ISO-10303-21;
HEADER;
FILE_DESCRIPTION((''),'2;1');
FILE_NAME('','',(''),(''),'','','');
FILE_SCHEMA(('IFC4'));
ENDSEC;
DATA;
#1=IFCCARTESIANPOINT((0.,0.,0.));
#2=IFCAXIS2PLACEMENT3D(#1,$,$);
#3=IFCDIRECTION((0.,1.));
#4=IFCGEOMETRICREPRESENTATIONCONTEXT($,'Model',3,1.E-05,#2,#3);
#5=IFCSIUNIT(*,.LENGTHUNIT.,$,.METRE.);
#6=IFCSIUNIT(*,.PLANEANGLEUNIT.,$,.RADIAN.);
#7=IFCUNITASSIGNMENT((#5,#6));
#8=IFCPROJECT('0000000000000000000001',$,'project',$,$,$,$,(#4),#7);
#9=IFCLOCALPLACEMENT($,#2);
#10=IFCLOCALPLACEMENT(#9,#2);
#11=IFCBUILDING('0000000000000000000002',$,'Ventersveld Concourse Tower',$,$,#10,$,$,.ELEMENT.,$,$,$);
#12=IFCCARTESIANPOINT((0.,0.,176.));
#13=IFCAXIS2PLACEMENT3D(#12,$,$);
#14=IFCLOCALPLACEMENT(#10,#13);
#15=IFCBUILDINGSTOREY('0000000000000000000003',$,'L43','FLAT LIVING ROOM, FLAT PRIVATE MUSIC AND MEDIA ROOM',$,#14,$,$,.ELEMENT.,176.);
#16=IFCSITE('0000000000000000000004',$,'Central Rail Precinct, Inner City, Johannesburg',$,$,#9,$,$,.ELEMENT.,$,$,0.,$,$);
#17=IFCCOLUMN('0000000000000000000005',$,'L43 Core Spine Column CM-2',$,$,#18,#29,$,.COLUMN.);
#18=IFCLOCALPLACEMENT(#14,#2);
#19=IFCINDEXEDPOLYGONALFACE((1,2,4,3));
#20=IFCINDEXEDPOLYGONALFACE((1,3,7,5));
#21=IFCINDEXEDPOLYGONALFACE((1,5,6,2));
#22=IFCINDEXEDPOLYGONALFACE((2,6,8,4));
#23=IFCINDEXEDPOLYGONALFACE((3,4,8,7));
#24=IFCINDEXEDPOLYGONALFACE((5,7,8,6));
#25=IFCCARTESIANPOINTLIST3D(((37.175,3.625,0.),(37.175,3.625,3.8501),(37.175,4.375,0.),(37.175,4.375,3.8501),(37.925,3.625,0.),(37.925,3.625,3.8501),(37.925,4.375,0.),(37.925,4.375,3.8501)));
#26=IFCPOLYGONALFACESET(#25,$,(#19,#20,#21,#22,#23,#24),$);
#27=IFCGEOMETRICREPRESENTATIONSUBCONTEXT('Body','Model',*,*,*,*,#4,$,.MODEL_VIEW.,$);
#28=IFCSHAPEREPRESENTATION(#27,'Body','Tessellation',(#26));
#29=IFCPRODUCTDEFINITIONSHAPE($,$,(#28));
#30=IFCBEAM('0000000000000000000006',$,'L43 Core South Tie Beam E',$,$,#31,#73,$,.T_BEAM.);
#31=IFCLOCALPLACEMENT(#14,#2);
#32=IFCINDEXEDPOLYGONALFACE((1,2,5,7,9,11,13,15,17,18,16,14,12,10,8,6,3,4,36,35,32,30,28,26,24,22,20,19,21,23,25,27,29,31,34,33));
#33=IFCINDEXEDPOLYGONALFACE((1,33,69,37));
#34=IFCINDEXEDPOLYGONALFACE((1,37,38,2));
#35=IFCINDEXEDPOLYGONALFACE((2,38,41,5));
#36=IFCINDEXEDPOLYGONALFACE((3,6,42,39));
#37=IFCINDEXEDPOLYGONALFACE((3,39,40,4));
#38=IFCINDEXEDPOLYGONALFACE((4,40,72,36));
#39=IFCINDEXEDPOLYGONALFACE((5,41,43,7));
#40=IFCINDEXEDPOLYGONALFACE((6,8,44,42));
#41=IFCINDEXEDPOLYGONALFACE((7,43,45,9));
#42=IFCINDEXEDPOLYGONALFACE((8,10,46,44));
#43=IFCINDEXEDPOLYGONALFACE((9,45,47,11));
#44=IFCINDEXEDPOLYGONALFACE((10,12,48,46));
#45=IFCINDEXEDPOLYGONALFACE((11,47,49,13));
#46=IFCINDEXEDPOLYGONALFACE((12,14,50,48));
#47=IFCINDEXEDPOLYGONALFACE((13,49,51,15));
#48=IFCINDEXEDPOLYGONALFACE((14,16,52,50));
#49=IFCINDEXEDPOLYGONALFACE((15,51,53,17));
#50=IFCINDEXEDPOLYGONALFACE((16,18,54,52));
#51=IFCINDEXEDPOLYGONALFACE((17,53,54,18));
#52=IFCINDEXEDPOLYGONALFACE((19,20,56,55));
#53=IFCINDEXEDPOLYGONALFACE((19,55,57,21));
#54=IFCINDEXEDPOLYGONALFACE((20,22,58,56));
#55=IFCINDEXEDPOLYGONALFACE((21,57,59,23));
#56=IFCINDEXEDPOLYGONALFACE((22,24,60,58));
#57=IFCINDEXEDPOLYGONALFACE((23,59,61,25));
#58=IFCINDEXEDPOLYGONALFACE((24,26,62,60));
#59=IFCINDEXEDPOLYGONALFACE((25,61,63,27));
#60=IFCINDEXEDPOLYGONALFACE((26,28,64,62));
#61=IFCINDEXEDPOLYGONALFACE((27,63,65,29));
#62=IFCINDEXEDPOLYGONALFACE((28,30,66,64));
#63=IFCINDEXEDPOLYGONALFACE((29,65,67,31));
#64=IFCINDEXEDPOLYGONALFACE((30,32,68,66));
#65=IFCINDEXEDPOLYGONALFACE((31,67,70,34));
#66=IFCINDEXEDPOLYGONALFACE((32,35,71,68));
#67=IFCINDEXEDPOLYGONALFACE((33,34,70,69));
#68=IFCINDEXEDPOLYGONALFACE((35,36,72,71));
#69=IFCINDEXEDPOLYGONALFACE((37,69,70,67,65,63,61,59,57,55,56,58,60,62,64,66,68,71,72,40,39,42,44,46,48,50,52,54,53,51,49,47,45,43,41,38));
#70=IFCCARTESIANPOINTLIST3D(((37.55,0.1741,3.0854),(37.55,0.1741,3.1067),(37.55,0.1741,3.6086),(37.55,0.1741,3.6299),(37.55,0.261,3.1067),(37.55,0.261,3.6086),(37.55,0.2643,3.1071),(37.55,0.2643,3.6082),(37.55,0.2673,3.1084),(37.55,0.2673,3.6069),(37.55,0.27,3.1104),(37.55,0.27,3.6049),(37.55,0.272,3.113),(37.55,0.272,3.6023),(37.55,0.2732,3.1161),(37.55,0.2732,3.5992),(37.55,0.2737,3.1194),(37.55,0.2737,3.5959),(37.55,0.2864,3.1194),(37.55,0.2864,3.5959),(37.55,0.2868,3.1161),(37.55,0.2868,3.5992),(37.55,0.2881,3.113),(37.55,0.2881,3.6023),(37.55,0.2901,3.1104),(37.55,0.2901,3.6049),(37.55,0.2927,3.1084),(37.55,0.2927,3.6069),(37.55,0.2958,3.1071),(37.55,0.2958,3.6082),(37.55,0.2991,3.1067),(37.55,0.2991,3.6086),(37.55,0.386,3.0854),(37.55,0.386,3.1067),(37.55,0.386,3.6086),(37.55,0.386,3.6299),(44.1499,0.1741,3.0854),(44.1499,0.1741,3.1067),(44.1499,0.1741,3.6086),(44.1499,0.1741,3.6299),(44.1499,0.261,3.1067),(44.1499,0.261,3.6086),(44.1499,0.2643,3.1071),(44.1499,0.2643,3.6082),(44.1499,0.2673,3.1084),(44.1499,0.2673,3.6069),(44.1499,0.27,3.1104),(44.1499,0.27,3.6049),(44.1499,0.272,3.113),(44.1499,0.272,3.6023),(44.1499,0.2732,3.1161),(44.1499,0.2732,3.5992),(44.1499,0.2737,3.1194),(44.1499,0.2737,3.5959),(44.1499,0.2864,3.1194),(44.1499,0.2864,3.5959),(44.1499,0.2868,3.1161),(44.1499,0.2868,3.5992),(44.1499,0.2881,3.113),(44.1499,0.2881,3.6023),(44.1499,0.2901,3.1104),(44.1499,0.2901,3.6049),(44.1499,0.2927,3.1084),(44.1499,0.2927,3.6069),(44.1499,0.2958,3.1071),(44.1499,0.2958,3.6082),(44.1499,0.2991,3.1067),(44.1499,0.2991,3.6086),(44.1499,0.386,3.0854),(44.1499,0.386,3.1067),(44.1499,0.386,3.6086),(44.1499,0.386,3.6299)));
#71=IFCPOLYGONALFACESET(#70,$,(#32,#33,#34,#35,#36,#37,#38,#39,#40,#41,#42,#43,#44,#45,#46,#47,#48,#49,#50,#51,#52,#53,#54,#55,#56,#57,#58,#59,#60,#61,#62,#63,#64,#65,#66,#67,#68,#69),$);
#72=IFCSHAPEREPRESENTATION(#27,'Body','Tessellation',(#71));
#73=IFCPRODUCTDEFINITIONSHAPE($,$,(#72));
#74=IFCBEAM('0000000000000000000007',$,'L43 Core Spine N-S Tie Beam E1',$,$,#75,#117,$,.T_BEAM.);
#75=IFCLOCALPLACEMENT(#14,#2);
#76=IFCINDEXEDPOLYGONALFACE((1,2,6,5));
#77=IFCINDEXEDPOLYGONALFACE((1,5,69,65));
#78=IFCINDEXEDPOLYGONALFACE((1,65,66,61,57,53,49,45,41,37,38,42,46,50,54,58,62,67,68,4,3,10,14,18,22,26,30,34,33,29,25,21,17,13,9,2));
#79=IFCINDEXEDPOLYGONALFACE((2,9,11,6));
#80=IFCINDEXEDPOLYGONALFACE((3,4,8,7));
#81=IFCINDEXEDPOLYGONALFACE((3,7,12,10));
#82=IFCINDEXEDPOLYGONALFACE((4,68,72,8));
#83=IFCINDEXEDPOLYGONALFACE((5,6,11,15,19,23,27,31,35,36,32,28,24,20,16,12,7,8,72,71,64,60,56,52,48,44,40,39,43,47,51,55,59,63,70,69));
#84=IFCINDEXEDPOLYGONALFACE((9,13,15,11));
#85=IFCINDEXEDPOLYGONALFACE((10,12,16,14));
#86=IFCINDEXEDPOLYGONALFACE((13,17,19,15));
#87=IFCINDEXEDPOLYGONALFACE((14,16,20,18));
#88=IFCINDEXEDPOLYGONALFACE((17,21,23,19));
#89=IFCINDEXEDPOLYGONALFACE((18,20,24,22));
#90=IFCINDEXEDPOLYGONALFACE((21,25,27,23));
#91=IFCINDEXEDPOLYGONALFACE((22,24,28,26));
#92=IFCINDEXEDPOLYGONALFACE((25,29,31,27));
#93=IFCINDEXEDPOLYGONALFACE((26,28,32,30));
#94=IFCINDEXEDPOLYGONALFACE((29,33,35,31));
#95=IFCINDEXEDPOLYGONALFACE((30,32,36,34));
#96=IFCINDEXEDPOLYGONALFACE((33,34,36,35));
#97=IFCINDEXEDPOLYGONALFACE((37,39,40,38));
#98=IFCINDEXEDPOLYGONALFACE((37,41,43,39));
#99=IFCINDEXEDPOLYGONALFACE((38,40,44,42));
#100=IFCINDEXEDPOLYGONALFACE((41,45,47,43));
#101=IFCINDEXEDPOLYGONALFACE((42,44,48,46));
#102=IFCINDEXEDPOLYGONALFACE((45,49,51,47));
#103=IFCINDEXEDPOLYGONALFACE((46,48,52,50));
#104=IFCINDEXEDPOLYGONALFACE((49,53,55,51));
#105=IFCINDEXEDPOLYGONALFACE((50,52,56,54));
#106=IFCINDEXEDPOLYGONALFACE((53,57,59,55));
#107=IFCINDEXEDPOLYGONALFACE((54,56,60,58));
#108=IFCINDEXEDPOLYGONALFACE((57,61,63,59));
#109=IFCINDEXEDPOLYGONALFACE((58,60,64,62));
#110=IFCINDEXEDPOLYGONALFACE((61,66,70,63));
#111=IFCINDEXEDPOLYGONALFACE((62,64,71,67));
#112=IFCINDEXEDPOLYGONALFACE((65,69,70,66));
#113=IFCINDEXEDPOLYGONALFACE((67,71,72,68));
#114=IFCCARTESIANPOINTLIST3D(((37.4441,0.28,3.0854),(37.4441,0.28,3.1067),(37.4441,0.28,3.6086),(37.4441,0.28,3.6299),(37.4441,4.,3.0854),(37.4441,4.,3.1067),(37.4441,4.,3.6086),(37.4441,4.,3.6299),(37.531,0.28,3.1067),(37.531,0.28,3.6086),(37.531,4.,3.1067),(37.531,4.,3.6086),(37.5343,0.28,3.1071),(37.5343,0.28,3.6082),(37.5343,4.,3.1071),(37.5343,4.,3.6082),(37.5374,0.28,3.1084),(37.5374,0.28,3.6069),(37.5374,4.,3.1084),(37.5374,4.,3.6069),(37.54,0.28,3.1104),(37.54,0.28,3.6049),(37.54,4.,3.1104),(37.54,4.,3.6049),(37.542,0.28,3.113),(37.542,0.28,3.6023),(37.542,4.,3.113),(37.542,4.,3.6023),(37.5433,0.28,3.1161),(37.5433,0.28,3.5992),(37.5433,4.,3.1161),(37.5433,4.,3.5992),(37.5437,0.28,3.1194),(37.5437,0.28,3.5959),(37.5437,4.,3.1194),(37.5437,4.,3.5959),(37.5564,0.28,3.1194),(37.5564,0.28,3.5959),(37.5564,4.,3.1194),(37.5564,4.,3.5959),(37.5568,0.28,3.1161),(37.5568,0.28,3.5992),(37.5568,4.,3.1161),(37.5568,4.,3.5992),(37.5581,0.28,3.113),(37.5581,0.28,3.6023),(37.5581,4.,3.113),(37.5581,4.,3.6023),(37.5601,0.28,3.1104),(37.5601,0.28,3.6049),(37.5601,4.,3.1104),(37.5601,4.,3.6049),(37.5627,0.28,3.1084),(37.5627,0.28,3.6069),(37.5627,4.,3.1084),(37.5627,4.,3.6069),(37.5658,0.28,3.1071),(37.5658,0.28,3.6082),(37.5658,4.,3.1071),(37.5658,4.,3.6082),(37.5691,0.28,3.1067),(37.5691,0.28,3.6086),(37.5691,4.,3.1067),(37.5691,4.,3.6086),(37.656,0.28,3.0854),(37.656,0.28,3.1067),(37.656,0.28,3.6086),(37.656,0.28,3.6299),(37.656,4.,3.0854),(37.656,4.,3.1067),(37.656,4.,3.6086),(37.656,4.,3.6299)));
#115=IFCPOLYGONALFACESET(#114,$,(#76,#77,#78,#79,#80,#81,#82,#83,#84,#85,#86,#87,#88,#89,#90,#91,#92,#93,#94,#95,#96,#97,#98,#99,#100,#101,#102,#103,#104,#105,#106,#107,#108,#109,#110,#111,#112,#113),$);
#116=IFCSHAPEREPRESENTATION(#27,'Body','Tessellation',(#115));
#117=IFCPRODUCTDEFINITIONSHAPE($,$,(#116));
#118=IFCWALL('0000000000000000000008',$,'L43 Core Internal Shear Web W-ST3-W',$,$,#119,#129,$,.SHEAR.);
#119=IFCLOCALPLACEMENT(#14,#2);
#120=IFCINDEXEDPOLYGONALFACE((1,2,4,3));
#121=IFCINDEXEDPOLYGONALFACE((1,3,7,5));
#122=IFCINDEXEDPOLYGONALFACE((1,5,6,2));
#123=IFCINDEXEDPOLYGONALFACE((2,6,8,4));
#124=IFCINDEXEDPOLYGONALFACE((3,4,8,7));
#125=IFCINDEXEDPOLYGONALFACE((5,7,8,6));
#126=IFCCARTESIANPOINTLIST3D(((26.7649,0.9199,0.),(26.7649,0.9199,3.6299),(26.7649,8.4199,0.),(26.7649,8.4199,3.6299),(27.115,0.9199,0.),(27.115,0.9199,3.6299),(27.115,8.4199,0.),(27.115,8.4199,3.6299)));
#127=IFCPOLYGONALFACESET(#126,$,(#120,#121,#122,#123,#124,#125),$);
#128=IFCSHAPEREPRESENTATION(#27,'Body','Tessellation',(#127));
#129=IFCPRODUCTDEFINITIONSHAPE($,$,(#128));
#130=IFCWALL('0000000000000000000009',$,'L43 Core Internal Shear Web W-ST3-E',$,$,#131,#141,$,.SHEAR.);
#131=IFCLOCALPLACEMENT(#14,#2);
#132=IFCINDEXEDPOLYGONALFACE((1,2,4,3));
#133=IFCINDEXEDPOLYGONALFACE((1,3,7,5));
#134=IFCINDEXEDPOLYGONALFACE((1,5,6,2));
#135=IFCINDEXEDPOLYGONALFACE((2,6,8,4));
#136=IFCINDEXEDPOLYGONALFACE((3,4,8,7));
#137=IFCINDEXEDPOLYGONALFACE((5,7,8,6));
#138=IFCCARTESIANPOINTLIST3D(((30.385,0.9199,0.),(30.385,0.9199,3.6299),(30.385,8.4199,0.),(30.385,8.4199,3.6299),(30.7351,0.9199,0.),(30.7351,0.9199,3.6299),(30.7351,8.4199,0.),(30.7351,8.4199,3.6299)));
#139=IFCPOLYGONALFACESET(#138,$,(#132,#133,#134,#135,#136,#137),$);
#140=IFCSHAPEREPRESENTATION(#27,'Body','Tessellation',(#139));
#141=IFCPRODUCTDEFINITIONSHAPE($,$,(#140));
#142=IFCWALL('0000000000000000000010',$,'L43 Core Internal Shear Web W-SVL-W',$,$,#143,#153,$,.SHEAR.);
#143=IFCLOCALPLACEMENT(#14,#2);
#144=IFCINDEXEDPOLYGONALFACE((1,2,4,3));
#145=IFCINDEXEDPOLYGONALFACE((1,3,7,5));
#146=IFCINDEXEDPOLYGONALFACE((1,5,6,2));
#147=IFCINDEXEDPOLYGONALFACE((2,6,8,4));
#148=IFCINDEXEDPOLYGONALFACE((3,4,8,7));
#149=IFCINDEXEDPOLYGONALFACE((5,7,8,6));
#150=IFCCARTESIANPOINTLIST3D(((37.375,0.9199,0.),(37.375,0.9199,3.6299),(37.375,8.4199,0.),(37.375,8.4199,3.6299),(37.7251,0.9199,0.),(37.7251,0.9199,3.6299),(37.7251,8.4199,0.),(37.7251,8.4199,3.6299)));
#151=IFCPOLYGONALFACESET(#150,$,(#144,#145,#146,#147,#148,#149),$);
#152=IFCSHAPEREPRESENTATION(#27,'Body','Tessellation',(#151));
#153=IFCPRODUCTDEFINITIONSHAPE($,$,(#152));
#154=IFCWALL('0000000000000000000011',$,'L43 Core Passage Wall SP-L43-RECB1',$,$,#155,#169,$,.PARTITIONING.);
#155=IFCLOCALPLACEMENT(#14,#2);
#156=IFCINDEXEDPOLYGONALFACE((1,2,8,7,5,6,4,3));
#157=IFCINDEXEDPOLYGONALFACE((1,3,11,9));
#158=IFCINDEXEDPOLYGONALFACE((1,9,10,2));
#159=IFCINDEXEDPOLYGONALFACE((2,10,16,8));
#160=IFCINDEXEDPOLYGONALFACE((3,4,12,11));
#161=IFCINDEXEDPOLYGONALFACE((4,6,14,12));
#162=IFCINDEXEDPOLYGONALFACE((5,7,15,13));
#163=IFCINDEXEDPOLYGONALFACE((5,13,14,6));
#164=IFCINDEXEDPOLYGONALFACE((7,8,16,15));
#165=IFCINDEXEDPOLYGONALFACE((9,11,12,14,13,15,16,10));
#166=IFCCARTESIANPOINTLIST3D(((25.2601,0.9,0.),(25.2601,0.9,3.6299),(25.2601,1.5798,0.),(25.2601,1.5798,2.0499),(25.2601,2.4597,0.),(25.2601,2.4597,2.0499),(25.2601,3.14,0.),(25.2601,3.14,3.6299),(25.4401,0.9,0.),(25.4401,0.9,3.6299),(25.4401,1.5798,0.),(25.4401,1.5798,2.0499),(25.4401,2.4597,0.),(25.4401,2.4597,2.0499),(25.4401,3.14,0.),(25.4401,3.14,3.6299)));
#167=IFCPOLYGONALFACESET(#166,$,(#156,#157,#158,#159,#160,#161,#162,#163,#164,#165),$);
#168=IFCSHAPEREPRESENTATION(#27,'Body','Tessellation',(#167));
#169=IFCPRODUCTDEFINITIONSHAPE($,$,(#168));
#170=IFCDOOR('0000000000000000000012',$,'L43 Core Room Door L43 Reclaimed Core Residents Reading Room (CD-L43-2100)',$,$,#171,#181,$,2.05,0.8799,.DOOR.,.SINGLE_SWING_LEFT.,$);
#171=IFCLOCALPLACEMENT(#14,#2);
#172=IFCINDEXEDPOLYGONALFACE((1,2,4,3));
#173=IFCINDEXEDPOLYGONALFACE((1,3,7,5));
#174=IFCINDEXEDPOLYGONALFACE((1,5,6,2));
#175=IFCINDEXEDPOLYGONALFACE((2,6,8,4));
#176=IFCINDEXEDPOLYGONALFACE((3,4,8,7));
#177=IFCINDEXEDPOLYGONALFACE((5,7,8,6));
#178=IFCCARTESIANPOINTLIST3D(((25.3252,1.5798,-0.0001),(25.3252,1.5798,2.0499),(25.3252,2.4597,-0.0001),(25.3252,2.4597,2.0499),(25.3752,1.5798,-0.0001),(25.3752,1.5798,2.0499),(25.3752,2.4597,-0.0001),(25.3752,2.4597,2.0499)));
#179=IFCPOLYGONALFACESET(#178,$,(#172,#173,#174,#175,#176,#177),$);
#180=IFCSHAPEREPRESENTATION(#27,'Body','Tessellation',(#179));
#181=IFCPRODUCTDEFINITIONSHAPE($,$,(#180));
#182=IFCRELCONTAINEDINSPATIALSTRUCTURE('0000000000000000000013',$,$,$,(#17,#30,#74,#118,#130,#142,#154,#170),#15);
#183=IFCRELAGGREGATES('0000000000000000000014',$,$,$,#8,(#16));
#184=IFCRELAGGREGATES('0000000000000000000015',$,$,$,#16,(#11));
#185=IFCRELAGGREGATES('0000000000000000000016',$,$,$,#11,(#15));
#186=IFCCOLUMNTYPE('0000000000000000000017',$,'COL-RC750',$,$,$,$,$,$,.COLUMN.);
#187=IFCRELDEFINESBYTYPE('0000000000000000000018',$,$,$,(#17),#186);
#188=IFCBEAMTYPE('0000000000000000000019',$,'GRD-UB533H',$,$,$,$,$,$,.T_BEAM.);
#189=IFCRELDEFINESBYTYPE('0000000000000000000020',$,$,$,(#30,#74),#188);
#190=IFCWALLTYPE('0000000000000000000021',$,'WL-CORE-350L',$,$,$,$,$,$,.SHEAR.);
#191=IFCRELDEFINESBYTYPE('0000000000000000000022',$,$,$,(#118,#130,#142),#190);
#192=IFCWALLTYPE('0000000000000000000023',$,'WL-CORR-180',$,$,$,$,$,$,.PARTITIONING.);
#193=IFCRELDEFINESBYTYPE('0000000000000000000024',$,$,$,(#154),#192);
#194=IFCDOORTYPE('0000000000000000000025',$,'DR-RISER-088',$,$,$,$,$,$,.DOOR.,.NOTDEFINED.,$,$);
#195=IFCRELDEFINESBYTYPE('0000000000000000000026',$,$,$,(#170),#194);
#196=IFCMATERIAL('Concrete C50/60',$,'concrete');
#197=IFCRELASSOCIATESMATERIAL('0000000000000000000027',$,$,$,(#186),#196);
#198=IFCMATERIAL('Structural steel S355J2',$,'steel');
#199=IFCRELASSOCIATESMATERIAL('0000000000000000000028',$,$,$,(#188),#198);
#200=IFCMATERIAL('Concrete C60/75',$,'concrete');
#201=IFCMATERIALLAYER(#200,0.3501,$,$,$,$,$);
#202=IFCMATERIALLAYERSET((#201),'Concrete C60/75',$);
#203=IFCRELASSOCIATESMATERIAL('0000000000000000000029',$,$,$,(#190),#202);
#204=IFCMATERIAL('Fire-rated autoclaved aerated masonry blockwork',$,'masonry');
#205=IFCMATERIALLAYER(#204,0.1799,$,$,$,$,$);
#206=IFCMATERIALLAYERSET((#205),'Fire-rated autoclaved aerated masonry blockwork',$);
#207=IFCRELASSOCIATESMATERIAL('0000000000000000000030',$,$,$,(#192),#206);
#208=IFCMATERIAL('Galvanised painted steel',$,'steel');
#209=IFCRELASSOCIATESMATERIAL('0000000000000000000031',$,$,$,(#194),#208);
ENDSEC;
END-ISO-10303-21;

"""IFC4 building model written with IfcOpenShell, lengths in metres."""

from ifc_helpers import new_model, si_unit, direction, frame, frame_2d, origin, origin_2d, place, context, subcontext, project, spatial, rectangle, i_section, extrude, material, layer, layer_set, material_profile, profile_set, type_object, element, fill, save


model = new_model("IFC4")

# Units and contexts
model_context = context("Model", 3, precision=1e-05, world=origin(), true_north=direction((0.0, 1.0)))
body_context = subcontext(model_context, "Body", "Model", "MODEL_VIEW")
ifc_project = project(units=[si_unit("LENGTHUNIT", "METRE"), si_unit("PLANEANGLEUNIT", "RADIAN")], contexts=[model_context])

# Site, building, storey
site_placement = place(None, origin())
site = spatial("IfcSite", under=ifc_project, at=site_placement, Name="Central Rail Precinct, Inner City, Johannesburg", CompositionType="ELEMENT", RefElevation=0.0)
building_placement = place(site_placement, origin())
building = spatial("IfcBuilding", under=site, at=building_placement, Name="Ventersveld Concourse Tower", CompositionType="ELEMENT")
storey_placement = place(building_placement, frame((0.0, 0.0, 176.0)))
storey = spatial("IfcBuildingStorey", under=building, at=storey_placement, Name="L43", Description="FLAT LIVING ROOM, FLAT PRIVATE MUSIC AND MEDIA ROOM", CompositionType="ELEMENT", Elevation=176.0)

# Column
ifc_material_1 = material(Name="Concrete C50/60", Category="concrete")
ifc_material_profile_1 = material_profile(ifc_material_1, rectangle(XDim=0.75, YDim=0.75, at=origin_2d()), Name="RC 750x750")
ifc_profile_set_1 = profile_set([ifc_material_profile_1], Name="Concrete C50/60")
column_type = type_object("IfcColumnType", Name="COL-RC750", PredefinedType="COLUMN", material=ifc_profile_set_1)
column_placement = place(storey_placement, frame((37.55, 4.0, 0.0), z_axis=(0.0, 0.0, 1.0), x_axis=(1.0, 0.0, 0.0)))
element("IfcColumn", 1, at=column_placement, inside=storey, type_object=column_type, Name="L43 Core Spine Column CM-2", PredefinedType="COLUMN", context=body_context, shape_type="SweptSolid", body=[
    extrude(rectangle(XDim=0.75, YDim=0.75, at=origin_2d()), origin(), (0.0, 0.0, 1.0), 3.8501),
])

# Beams
ifc_material_2 = material(Name="Structural steel S355J2", Category="steel")
ifc_material_profile_2 = material_profile(ifc_material_2, i_section(OverallWidth=0.2119, OverallDepth=0.5444, WebThickness=0.0127, FlangeThickness=0.0212, FilletRadius=0.0127, at=origin_2d()), Name="UB 533x210x122")
ifc_profile_set_2 = profile_set([ifc_material_profile_2], Name="Structural steel S355J2")
beam_type = type_object("IfcBeamType", Name="GRD-UB533H", PredefinedType="T_BEAM", material=ifc_profile_set_2)
beam_1_placement = place(storey_placement, frame((37.55, 0.28, 3.3577), z_axis=(1.0, 0.0, 0.0), x_axis=(0.0, 1.0, 0.0)))
element("IfcBeam", 2, at=beam_1_placement, inside=storey, type_object=beam_type, Name="L43 Core South Tie Beam E", PredefinedType="T_BEAM", context=body_context, shape_type="SweptSolid", body=[
    extrude(i_section(OverallWidth=0.2119, OverallDepth=0.5444, WebThickness=0.0127, FlangeThickness=0.0212, FilletRadius=0.0127, at=origin_2d()), origin(), (0.0, 0.0, 1.0), 6.5999),
])
beam_2_placement = place(storey_placement, frame((37.55, 0.28, 3.3577), z_axis=(0.0, 1.0, 0.0), x_axis=(-1.0, 0.0, 0.0)))
element("IfcBeam", 3, at=beam_2_placement, inside=storey, type_object=beam_type, Name="L43 Core Spine N-S Tie Beam E1", PredefinedType="T_BEAM", context=body_context, shape_type="SweptSolid", body=[
    extrude(i_section(OverallWidth=0.2119, OverallDepth=0.5444, WebThickness=0.0127, FlangeThickness=0.0212, FilletRadius=0.0127, at=origin_2d()), origin(), (0.0, 0.0, 1.0), 3.72),
])

# Walls
ifc_material_3 = material(Name="Concrete C60/75", Category="concrete")
ifc_layer_1 = layer(ifc_material_3, 0.3501)
ifc_layer_set_1 = layer_set([ifc_layer_1], Name="Concrete C60/75")
wall_type_1 = type_object("IfcWallType", Name="WL-CORE-350L", PredefinedType="SHEAR", material=ifc_layer_set_1)
for number, where, z_axis, x_axis, name in (
    (4, (26.9399, 0.9199, 0.0), (0.0, 0.0, 1.0), (0.0, 1.0, 0.0), "L43 Core Internal Shear Web W-ST3-W"),
    (5, (30.5601, 0.9199, 0.0), (0.0, 0.0, 1.0), (0.0, 1.0, 0.0), "L43 Core Internal Shear Web W-ST3-E"),
    (6, (37.55, 0.9199, 0.0), (0.0, 0.0, 1.0), (0.0, 1.0, 0.0), "L43 Core Internal Shear Web W-SVL-W"),
):
    element("IfcWall", number, at=place(storey_placement, frame(where, z_axis=z_axis, x_axis=x_axis)), inside=storey, type_object=wall_type_1, Name=name, PredefinedType="SHEAR", context=body_context, shape_type="SweptSolid", body=[
        extrude(rectangle(XDim=7.5, YDim=0.3501, at=frame_2d((3.75, 0.0))), origin(), (0.0, 0.0, 1.0), 3.6299),
    ])

# Wall, opening, door
ifc_material_4 = material(Name="Fire-rated autoclaved aerated masonry blockwork", Category="masonry")
ifc_layer_2 = layer(ifc_material_4, 0.1799)
ifc_layer_set_2 = layer_set([ifc_layer_2], Name="Fire-rated autoclaved aerated masonry blockwork")
wall_type_2 = type_object("IfcWallType", Name="WL-CORR-180", PredefinedType="PARTITIONING", material=ifc_layer_set_2)
wall_1_placement = place(storey_placement, frame((25.3501, 0.8999, 0.0), z_axis=(0.0, 0.0, 1.0), x_axis=(0.0, 1.0, 0.0)))
wall_1 = element("IfcWall", 7, at=wall_1_placement, inside=storey, type_object=wall_type_2, Name="L43 Core Passage Wall SP-L43-RECB1", PredefinedType="PARTITIONING", context=body_context, shape_type="SweptSolid", body=[
    extrude(rectangle(XDim=2.24, YDim=0.1799, at=frame_2d((1.1201, 0.0))), origin(), (0.0, 0.0, 1.0), 3.6299),
])
opening_1_placement = place(wall_1_placement, frame((0.6799, 0.0, 0.0)))
opening_1 = element("IfcOpeningElement", 8, at=opening_1_placement, cuts=wall_1, PredefinedType="OPENING", context=body_context, shape_type="SweptSolid", body=[
    extrude(rectangle(XDim=0.8799, YDim=2.05, at=frame_2d((0.4399, 1.0249))), frame((0.0, 0.1001, 0.0), z_axis=(0.0, -1.0, 0.0), x_axis=(1.0, 0.0, 0.0)), (0.0, 0.0, 1.0), 0.2),
])
ifc_material_5 = material(Name="Galvanised painted steel", Category="steel")
door_type_1 = type_object("IfcDoorType", Name="DR-RISER-088", OperationType="NOTDEFINED", PredefinedType="DOOR", material=ifc_material_5)
door_1_placement = place(opening_1_placement, origin())
door_1 = element("IfcDoor", 9, at=door_1_placement, inside=storey, type_object=door_type_1, Name="L43 Core Room Door L43 Reclaimed Core Residents Reading Room (CD-L43-2100)", OperationType="SINGLE_SWING_LEFT", OverallHeight=2.05, OverallWidth=0.8799, PredefinedType="DOOR", context=body_context, shape_type="SweptSolid", body=[
    extrude(rectangle(XDim=0.8799, YDim=2.05, at=frame_2d((0.4399, 1.0249))), frame((0.0, 0.0249, 0.0), z_axis=(0.0, -1.0, 0.0), x_axis=(1.0, 0.0, 0.0)), (0.0, 0.0, 1.0), 0.05),
])
fill(opening_1, door_1)

save(model, "model.ifc")
